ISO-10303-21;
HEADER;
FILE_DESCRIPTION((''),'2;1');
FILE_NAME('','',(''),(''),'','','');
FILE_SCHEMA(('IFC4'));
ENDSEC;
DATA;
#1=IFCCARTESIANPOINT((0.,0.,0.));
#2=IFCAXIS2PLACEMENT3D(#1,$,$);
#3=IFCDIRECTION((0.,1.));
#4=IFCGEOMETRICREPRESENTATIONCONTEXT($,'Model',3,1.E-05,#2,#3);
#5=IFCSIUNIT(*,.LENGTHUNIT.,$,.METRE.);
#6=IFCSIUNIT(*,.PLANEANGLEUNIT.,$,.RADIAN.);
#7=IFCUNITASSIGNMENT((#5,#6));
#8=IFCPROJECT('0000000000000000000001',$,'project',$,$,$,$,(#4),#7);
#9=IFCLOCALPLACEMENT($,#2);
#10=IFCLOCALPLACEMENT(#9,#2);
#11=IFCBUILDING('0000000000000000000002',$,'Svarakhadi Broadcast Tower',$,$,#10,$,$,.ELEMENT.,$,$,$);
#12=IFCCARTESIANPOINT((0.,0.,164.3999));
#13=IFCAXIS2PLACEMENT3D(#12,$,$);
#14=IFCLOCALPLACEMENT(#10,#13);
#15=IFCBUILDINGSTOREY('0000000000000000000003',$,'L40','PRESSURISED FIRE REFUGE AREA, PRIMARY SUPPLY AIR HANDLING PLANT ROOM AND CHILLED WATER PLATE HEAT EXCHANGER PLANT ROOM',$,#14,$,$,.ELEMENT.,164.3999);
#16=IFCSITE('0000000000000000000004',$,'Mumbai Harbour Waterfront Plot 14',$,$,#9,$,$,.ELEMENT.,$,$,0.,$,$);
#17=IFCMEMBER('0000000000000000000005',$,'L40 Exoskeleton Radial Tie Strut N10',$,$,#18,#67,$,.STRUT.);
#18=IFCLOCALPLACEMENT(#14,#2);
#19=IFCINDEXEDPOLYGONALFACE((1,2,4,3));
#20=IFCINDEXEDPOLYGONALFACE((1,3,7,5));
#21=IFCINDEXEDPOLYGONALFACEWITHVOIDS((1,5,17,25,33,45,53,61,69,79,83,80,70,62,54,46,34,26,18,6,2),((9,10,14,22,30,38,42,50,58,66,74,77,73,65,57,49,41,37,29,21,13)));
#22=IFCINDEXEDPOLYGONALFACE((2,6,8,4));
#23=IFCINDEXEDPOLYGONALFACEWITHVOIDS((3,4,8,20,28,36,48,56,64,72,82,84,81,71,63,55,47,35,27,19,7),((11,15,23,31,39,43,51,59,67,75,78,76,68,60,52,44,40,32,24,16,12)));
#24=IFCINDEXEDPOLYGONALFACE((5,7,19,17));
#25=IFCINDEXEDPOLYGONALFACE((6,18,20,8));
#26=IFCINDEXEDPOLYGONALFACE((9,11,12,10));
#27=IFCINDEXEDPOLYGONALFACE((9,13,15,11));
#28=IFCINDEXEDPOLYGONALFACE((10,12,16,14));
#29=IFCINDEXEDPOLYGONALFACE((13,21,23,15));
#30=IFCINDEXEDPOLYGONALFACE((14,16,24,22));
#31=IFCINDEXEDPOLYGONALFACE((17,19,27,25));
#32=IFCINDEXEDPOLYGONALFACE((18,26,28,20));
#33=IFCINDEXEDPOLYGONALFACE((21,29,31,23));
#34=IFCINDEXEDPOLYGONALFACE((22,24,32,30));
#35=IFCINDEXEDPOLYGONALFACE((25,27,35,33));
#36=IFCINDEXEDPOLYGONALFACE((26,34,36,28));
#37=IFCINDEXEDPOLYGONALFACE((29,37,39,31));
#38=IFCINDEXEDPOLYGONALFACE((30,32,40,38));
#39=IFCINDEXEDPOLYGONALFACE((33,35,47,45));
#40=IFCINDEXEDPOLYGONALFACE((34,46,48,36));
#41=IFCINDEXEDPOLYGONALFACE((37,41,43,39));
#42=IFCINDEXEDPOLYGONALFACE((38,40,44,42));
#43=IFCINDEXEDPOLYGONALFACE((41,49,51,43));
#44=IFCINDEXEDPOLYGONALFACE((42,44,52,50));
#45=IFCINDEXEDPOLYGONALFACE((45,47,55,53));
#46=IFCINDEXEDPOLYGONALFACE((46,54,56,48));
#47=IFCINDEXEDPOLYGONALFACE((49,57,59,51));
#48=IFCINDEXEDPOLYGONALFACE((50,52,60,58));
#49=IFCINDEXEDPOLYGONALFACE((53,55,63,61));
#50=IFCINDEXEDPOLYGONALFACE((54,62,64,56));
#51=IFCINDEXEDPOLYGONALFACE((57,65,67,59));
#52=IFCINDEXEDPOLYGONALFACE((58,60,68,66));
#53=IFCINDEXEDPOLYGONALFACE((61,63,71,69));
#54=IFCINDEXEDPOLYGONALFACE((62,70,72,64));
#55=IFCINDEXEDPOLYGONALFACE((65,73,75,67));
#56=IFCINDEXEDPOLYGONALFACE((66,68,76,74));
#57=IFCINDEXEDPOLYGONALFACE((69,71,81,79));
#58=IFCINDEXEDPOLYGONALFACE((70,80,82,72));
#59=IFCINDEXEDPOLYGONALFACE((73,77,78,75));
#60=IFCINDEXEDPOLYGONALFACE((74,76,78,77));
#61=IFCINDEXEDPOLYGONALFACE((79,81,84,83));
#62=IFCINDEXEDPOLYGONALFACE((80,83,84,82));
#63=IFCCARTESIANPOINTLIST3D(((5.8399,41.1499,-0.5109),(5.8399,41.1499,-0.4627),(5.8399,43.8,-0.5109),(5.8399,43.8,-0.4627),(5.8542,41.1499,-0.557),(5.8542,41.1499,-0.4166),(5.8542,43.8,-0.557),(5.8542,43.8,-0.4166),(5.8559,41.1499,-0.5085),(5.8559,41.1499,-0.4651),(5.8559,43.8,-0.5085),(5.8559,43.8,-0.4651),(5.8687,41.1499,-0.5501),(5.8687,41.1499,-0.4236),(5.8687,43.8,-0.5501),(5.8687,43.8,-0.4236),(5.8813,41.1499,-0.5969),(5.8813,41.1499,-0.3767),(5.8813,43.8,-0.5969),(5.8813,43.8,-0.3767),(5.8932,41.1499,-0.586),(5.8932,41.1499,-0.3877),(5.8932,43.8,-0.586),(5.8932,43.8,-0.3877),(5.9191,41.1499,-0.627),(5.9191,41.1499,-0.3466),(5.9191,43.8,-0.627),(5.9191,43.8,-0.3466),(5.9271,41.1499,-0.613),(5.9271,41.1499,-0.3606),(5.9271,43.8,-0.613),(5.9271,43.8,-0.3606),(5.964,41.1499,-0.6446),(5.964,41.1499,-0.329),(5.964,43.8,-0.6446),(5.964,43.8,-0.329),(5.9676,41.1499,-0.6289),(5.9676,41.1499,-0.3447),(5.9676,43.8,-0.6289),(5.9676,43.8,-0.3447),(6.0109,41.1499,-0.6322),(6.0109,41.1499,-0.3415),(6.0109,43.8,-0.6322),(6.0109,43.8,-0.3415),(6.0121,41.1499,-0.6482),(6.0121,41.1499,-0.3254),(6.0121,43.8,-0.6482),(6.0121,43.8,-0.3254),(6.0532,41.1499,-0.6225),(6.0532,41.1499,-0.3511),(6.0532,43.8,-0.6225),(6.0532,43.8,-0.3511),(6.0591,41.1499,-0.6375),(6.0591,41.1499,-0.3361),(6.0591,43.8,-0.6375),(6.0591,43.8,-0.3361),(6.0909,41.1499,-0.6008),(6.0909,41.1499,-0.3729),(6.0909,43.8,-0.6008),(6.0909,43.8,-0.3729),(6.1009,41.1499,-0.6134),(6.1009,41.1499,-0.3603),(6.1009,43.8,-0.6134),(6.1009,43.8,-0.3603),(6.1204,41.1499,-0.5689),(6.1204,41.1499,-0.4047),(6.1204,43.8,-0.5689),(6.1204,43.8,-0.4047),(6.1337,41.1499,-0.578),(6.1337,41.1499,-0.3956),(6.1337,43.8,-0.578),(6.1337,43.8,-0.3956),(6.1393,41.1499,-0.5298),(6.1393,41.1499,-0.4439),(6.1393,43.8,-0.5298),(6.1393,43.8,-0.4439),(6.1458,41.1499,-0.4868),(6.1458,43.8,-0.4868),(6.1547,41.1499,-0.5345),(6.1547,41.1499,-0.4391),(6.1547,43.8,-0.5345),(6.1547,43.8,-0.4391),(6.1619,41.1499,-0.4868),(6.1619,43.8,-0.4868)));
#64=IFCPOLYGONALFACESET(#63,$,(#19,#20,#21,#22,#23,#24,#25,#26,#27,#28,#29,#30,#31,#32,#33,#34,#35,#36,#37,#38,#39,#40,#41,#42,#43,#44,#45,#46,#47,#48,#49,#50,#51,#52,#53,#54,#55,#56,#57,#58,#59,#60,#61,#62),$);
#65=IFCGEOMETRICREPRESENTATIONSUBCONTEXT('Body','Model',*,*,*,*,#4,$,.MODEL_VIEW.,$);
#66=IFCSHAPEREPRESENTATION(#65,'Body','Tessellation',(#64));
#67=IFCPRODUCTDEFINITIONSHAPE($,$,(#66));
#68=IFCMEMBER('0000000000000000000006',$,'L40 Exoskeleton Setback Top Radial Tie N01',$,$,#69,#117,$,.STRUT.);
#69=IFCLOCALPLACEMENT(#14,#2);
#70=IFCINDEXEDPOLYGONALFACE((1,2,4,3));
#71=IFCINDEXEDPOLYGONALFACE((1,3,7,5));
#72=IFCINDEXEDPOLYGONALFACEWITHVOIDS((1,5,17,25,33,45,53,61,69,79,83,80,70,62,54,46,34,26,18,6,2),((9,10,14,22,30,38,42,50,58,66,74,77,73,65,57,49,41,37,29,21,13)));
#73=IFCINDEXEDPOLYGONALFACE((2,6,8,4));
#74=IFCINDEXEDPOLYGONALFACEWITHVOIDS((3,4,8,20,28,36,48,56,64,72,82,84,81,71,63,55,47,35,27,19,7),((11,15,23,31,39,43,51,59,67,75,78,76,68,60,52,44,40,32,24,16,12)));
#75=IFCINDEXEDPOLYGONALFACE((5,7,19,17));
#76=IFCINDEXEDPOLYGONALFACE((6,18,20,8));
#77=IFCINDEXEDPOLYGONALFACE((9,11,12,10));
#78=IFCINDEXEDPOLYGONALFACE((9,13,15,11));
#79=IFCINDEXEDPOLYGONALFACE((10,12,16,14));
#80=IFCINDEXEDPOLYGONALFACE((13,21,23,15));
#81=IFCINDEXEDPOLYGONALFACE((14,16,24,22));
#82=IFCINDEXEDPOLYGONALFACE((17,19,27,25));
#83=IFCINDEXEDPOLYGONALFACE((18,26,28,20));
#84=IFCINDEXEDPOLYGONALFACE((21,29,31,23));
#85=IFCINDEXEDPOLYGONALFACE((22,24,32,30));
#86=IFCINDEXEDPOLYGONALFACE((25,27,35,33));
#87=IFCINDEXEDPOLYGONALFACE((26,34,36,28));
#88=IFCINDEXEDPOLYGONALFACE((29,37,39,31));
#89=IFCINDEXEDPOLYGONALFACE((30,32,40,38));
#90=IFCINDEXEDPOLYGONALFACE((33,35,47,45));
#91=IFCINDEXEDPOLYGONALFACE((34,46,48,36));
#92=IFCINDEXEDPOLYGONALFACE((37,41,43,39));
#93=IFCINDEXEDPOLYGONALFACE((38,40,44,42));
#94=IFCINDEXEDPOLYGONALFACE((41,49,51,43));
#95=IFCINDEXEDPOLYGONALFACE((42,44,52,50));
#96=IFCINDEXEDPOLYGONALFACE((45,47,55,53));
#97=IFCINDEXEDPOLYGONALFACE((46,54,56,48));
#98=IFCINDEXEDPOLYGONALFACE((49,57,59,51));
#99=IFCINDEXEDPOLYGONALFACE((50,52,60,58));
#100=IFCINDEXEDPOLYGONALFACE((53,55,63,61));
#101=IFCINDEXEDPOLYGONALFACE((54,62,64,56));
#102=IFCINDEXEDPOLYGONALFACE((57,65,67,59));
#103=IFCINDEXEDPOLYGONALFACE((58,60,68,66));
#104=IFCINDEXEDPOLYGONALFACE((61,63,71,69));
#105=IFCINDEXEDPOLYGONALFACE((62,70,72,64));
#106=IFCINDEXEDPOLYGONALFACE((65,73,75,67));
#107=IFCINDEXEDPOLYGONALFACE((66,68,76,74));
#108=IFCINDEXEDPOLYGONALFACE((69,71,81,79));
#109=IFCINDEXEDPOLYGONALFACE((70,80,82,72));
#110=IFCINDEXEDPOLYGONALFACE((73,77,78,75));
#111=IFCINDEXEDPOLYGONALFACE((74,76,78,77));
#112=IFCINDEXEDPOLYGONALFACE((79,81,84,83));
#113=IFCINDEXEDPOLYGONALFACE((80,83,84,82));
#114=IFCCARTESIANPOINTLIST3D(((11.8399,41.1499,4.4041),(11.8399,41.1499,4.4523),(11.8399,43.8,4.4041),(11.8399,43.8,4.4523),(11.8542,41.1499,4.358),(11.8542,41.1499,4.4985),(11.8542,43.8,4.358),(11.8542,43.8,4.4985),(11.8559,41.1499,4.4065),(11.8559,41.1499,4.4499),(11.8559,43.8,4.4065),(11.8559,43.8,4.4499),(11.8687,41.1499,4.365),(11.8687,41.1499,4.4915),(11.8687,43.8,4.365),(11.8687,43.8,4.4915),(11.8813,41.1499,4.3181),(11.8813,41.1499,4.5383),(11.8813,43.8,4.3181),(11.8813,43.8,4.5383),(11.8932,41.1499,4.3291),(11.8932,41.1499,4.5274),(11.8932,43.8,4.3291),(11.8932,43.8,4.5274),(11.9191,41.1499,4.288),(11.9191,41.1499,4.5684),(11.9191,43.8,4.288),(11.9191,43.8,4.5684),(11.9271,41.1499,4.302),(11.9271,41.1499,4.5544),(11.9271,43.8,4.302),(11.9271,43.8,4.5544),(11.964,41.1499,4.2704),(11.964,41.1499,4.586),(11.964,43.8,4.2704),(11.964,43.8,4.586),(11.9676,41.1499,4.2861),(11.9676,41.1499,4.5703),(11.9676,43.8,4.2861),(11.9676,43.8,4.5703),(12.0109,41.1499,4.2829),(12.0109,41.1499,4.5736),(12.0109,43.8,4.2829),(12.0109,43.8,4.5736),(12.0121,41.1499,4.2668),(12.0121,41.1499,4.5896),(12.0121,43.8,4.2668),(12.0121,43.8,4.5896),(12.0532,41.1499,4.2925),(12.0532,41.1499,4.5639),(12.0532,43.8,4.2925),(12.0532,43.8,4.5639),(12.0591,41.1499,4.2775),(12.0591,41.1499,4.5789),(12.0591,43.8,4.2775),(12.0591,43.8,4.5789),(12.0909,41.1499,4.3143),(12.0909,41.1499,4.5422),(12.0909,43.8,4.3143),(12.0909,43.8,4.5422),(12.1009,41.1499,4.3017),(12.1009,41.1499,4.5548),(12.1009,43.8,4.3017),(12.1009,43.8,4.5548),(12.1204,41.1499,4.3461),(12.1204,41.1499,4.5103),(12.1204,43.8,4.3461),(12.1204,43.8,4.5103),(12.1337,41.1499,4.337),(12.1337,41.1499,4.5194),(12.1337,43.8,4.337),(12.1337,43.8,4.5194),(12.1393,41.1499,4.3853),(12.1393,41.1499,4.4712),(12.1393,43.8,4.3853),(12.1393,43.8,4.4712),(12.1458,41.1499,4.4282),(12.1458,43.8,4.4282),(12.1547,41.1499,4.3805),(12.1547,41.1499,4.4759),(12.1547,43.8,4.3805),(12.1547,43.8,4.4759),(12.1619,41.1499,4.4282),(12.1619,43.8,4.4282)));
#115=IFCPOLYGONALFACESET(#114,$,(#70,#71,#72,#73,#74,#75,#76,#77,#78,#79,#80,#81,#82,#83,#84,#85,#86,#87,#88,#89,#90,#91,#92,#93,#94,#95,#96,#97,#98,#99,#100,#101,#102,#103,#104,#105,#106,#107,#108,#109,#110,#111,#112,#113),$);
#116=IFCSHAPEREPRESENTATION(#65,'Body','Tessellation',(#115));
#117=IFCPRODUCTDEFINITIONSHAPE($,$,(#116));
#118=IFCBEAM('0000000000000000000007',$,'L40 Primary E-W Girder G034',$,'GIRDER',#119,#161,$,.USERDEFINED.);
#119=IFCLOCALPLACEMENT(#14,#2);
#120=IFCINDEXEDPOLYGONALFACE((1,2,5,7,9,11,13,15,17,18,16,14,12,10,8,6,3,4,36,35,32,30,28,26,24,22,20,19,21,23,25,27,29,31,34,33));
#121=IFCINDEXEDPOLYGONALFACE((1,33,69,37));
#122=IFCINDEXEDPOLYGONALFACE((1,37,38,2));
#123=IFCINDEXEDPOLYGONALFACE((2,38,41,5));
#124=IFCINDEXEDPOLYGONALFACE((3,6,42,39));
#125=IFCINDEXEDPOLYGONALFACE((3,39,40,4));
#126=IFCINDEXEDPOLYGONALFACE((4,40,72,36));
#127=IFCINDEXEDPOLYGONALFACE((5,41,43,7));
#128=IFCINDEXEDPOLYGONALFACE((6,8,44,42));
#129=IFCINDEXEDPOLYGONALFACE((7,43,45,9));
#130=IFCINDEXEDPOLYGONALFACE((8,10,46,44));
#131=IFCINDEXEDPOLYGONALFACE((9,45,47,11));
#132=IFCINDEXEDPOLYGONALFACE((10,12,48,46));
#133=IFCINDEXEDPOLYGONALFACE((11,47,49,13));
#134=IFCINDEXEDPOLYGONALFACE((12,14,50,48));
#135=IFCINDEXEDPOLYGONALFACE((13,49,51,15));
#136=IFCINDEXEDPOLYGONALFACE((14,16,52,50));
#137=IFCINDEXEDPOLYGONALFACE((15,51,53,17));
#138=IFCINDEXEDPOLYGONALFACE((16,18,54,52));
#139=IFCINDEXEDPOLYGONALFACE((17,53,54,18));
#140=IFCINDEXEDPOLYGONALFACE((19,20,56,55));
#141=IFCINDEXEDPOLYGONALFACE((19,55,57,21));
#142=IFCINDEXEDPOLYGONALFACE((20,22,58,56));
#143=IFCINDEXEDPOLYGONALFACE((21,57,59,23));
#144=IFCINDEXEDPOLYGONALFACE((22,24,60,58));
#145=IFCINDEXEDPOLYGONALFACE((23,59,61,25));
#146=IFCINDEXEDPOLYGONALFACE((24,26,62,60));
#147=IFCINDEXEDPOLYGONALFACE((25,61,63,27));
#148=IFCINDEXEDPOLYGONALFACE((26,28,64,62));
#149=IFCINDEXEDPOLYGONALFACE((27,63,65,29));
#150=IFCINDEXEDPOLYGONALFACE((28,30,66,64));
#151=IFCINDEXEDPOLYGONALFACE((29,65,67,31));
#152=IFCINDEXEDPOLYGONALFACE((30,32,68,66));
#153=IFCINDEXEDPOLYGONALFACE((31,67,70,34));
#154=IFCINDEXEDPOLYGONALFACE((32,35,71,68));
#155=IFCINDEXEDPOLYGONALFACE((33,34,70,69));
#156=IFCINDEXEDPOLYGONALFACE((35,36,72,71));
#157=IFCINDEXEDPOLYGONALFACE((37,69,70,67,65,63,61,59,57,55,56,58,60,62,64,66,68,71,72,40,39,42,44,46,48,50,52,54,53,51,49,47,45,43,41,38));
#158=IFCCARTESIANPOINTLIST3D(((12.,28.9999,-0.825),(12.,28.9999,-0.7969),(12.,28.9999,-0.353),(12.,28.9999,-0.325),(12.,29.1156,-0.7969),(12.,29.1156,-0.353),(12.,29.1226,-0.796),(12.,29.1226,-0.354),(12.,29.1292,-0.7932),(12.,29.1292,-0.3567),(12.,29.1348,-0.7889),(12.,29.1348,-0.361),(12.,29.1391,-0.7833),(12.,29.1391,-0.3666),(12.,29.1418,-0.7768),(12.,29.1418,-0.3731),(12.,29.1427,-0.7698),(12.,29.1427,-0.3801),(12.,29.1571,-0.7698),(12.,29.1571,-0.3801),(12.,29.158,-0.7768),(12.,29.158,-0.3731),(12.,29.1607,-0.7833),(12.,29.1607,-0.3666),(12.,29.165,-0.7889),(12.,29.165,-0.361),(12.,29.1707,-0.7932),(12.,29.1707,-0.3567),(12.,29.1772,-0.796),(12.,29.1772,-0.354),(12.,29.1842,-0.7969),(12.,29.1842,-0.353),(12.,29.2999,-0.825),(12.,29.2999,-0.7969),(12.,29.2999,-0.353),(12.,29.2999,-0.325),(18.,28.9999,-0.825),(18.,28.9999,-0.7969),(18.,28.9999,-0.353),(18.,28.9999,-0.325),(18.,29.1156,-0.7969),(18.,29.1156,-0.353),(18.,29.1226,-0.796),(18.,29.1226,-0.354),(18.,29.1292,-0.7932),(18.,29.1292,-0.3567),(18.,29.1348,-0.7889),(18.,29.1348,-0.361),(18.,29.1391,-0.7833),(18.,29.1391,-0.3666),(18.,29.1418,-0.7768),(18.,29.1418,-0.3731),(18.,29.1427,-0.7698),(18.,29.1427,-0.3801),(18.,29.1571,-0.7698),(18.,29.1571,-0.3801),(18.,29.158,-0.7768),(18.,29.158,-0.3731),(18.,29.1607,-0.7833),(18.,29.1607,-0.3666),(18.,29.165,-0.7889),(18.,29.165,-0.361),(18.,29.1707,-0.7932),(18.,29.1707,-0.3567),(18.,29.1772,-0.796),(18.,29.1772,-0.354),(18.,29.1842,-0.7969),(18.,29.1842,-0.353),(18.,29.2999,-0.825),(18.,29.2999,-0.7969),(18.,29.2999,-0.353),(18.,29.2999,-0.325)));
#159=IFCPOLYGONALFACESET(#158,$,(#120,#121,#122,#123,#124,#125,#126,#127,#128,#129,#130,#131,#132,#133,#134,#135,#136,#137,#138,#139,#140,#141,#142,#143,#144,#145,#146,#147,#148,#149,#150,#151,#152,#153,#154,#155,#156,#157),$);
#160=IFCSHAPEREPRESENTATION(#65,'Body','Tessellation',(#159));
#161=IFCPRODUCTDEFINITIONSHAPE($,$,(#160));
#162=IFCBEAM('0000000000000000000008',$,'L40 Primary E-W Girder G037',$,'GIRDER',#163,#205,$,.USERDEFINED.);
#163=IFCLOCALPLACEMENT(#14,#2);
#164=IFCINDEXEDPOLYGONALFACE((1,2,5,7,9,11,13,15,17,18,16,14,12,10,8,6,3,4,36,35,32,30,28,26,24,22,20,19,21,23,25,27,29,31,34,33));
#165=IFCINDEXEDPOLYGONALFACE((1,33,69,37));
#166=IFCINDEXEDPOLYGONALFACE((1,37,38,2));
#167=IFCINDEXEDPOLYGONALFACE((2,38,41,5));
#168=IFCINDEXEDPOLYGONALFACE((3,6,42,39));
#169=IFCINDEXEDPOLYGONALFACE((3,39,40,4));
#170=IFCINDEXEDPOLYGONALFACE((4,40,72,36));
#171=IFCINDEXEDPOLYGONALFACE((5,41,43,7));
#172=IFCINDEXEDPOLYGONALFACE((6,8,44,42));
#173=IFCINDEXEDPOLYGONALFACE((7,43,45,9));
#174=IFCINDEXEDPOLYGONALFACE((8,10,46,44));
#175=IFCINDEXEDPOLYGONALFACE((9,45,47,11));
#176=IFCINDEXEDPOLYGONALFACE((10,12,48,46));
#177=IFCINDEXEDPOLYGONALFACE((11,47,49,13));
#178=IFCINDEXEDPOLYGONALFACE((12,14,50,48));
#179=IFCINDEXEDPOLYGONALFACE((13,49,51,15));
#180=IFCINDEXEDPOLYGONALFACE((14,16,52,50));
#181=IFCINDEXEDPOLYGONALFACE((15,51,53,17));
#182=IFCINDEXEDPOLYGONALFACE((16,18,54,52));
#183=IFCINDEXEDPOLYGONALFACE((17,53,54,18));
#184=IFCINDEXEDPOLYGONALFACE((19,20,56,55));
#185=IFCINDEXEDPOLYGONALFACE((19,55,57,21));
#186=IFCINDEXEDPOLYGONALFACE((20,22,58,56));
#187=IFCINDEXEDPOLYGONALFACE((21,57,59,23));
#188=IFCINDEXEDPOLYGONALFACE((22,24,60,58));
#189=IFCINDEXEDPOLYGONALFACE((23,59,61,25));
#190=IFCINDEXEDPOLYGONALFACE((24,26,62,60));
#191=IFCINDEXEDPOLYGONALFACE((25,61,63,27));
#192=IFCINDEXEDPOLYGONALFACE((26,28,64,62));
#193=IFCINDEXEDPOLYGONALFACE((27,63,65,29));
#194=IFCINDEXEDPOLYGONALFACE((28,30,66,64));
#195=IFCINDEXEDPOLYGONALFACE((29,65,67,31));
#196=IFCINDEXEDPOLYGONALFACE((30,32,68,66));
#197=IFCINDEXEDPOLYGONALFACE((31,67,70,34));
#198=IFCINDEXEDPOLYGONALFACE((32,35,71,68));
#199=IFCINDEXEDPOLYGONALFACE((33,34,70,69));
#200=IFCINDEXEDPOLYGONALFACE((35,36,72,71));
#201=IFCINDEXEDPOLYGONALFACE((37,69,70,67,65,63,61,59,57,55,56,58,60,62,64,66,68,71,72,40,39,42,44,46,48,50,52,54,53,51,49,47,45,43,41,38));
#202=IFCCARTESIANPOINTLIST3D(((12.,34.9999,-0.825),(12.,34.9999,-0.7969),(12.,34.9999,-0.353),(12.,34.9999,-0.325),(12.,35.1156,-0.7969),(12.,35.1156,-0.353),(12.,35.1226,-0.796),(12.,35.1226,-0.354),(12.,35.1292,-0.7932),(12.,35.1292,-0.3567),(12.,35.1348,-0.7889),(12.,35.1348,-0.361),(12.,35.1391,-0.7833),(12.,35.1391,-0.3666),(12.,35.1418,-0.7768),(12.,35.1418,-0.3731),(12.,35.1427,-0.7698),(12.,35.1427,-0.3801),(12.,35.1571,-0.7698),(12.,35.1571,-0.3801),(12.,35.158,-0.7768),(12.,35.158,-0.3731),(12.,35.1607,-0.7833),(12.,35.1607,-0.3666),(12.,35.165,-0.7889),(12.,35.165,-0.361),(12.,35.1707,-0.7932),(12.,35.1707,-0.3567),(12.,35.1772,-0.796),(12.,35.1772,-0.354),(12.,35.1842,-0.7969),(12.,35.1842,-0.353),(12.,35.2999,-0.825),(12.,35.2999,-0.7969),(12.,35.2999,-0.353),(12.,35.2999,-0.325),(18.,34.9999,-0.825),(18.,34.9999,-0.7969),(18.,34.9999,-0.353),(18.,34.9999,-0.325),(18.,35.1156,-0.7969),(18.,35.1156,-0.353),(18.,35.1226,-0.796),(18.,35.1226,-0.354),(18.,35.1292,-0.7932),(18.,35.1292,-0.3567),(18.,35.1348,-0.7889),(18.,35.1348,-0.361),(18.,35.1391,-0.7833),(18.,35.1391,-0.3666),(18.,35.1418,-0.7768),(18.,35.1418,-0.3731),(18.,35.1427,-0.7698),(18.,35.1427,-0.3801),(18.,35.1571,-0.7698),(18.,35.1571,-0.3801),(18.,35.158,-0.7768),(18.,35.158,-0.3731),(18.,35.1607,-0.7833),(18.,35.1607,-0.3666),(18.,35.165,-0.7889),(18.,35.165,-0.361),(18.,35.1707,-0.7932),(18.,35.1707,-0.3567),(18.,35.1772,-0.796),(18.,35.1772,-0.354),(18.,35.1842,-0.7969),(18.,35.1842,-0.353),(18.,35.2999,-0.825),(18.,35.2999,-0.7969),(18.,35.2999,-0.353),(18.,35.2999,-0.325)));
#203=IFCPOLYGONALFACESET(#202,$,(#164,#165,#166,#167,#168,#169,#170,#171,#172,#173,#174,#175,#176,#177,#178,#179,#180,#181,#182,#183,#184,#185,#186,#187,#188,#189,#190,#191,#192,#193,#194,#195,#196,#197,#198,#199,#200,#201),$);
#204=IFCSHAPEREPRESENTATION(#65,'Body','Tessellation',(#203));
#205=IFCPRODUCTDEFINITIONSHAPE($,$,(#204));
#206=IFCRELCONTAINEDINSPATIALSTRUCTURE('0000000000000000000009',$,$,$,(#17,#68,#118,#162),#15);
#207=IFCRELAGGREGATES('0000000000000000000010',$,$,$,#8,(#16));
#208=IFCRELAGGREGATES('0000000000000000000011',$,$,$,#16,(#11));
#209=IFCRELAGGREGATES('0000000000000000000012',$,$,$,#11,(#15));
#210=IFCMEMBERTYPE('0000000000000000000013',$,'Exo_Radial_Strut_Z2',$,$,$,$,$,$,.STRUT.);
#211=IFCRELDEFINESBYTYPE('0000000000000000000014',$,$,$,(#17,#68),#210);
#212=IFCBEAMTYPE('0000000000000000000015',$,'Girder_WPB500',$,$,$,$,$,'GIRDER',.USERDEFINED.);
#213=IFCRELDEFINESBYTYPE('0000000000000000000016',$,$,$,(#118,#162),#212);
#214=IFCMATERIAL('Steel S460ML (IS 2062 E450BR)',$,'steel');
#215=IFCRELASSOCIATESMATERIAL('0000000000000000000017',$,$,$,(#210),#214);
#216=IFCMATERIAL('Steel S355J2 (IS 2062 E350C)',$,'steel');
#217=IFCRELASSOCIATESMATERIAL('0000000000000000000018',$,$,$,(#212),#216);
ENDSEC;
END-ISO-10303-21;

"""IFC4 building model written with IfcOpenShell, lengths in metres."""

from ifc_helpers import new_model, si_unit, direction, frame, origin, origin_2d, place, context, subcontext, project, spatial, hollow_circle, i_section, extrude, material, material_profile, profile_set, type_object, element, save


model = new_model("IFC4")

# Units and contexts
model_context = context("Model", 3, precision=1e-05, world=origin(), true_north=direction((0.0, 1.0)))
body_context = subcontext(model_context, "Body", "Model", "MODEL_VIEW")
ifc_project = project(units=[si_unit("LENGTHUNIT", "METRE"), si_unit("PLANEANGLEUNIT", "RADIAN")], contexts=[model_context])

# Site, building, storey
site_placement = place(None, origin())
site = spatial("IfcSite", under=ifc_project, at=site_placement, Name="Mumbai Harbour Waterfront Plot 14", CompositionType="ELEMENT", RefElevation=0.0)
building_placement = place(site_placement, origin())
building = spatial("IfcBuilding", under=site, at=building_placement, Name="Svarakhadi Broadcast Tower", CompositionType="ELEMENT")
storey_placement = place(building_placement, frame((0.0, 0.0, 164.3999)))
storey = spatial("IfcBuildingStorey", under=building, at=storey_placement, Name="L40", Description="PRESSURISED FIRE REFUGE AREA, PRIMARY SUPPLY AIR HANDLING PLANT ROOM AND CHILLED WATER PLATE HEAT EXCHANGER PLANT ROOM", CompositionType="ELEMENT", Elevation=164.3999)

# Shared definitions
ifc_material_1 = material(Name="Steel S460ML (IS 2062 E450BR)", Category="steel")

# Shared definitions
ifc_material_2 = material(Name="Steel S355J2 (IS 2062 E350C)", Category="steel")

# Members
ifc_material_profile_1 = material_profile(ifc_material_1, hollow_circle(Radius=0.1619, WallThickness=0.0161, at=origin_2d()), Name="CHS 323.9x16")
ifc_profile_set_1 = profile_set([ifc_material_profile_1], Name="Steel S460ML (IS 2062 E450BR)")
member_type_1 = type_object("IfcMemberType", Name="Exo_Radial_Strut_Z2", PredefinedType="STRUT", material=ifc_profile_set_1)
for number, where, z_axis, x_axis, name in (
    (1, (6.0, 43.8, -0.4868), (0.0, -1.0, 0.0), (1.0, 0.0, 0.0), "L40 Exoskeleton Radial Tie Strut N10"),
    (2, (12.0, 43.8, 4.4282), (0.0, -1.0, 0.0), (1.0, 0.0, 0.0), "L40 Exoskeleton Setback Top Radial Tie N01"),
):
    element("IfcMember", number, at=place(storey_placement, frame(where, z_axis=z_axis, x_axis=x_axis)), inside=storey, type_object=member_type_1, Name=name, PredefinedType="STRUT", context=body_context, shape_type="SweptSolid", body=[
        extrude(hollow_circle(Radius=0.1619, WallThickness=0.0161, at=origin_2d()), origin(), (0.0, 0.0, 1.0), 2.6501),
    ])

# Beams
ifc_material_profile_2 = material_profile(ifc_material_2, i_section(OverallWidth=0.3, OverallDepth=0.5, WebThickness=0.0144, FlangeThickness=0.0281, FilletRadius=0.0271, at=origin_2d()), Name="WPB 500x300x187")
ifc_profile_set_2 = profile_set([ifc_material_profile_2], Name="Steel S355J2 (IS 2062 E350C)")
beam_type_1 = type_object("IfcBeamType", Name="Girder_WPB500", ElementType="GIRDER", PredefinedType="USERDEFINED", material=ifc_profile_set_2)
for number, where, z_axis, x_axis, name in (
    (3, (12.0, 29.1499, -0.575), (1.0, 0.0, 0.0), (0.0, 1.0, 0.0), "L40 Primary E-W Girder G034"),
    (4, (12.0, 35.1499, -0.575), (1.0, 0.0, 0.0), (0.0, 1.0, 0.0), "L40 Primary E-W Girder G037"),
):
    element("IfcBeam", number, at=place(storey_placement, frame(where, z_axis=z_axis, x_axis=x_axis)), inside=storey, type_object=beam_type_1, Name=name, ObjectType="GIRDER", PredefinedType="USERDEFINED", context=body_context, shape_type="SweptSolid", body=[
        extrude(i_section(OverallWidth=0.3, OverallDepth=0.5, WebThickness=0.0144, FlangeThickness=0.0281, FilletRadius=0.0271, at=origin_2d()), origin(), (0.0, 0.0, 1.0), 6.0),
    ])

save(model, "model.ifc")
